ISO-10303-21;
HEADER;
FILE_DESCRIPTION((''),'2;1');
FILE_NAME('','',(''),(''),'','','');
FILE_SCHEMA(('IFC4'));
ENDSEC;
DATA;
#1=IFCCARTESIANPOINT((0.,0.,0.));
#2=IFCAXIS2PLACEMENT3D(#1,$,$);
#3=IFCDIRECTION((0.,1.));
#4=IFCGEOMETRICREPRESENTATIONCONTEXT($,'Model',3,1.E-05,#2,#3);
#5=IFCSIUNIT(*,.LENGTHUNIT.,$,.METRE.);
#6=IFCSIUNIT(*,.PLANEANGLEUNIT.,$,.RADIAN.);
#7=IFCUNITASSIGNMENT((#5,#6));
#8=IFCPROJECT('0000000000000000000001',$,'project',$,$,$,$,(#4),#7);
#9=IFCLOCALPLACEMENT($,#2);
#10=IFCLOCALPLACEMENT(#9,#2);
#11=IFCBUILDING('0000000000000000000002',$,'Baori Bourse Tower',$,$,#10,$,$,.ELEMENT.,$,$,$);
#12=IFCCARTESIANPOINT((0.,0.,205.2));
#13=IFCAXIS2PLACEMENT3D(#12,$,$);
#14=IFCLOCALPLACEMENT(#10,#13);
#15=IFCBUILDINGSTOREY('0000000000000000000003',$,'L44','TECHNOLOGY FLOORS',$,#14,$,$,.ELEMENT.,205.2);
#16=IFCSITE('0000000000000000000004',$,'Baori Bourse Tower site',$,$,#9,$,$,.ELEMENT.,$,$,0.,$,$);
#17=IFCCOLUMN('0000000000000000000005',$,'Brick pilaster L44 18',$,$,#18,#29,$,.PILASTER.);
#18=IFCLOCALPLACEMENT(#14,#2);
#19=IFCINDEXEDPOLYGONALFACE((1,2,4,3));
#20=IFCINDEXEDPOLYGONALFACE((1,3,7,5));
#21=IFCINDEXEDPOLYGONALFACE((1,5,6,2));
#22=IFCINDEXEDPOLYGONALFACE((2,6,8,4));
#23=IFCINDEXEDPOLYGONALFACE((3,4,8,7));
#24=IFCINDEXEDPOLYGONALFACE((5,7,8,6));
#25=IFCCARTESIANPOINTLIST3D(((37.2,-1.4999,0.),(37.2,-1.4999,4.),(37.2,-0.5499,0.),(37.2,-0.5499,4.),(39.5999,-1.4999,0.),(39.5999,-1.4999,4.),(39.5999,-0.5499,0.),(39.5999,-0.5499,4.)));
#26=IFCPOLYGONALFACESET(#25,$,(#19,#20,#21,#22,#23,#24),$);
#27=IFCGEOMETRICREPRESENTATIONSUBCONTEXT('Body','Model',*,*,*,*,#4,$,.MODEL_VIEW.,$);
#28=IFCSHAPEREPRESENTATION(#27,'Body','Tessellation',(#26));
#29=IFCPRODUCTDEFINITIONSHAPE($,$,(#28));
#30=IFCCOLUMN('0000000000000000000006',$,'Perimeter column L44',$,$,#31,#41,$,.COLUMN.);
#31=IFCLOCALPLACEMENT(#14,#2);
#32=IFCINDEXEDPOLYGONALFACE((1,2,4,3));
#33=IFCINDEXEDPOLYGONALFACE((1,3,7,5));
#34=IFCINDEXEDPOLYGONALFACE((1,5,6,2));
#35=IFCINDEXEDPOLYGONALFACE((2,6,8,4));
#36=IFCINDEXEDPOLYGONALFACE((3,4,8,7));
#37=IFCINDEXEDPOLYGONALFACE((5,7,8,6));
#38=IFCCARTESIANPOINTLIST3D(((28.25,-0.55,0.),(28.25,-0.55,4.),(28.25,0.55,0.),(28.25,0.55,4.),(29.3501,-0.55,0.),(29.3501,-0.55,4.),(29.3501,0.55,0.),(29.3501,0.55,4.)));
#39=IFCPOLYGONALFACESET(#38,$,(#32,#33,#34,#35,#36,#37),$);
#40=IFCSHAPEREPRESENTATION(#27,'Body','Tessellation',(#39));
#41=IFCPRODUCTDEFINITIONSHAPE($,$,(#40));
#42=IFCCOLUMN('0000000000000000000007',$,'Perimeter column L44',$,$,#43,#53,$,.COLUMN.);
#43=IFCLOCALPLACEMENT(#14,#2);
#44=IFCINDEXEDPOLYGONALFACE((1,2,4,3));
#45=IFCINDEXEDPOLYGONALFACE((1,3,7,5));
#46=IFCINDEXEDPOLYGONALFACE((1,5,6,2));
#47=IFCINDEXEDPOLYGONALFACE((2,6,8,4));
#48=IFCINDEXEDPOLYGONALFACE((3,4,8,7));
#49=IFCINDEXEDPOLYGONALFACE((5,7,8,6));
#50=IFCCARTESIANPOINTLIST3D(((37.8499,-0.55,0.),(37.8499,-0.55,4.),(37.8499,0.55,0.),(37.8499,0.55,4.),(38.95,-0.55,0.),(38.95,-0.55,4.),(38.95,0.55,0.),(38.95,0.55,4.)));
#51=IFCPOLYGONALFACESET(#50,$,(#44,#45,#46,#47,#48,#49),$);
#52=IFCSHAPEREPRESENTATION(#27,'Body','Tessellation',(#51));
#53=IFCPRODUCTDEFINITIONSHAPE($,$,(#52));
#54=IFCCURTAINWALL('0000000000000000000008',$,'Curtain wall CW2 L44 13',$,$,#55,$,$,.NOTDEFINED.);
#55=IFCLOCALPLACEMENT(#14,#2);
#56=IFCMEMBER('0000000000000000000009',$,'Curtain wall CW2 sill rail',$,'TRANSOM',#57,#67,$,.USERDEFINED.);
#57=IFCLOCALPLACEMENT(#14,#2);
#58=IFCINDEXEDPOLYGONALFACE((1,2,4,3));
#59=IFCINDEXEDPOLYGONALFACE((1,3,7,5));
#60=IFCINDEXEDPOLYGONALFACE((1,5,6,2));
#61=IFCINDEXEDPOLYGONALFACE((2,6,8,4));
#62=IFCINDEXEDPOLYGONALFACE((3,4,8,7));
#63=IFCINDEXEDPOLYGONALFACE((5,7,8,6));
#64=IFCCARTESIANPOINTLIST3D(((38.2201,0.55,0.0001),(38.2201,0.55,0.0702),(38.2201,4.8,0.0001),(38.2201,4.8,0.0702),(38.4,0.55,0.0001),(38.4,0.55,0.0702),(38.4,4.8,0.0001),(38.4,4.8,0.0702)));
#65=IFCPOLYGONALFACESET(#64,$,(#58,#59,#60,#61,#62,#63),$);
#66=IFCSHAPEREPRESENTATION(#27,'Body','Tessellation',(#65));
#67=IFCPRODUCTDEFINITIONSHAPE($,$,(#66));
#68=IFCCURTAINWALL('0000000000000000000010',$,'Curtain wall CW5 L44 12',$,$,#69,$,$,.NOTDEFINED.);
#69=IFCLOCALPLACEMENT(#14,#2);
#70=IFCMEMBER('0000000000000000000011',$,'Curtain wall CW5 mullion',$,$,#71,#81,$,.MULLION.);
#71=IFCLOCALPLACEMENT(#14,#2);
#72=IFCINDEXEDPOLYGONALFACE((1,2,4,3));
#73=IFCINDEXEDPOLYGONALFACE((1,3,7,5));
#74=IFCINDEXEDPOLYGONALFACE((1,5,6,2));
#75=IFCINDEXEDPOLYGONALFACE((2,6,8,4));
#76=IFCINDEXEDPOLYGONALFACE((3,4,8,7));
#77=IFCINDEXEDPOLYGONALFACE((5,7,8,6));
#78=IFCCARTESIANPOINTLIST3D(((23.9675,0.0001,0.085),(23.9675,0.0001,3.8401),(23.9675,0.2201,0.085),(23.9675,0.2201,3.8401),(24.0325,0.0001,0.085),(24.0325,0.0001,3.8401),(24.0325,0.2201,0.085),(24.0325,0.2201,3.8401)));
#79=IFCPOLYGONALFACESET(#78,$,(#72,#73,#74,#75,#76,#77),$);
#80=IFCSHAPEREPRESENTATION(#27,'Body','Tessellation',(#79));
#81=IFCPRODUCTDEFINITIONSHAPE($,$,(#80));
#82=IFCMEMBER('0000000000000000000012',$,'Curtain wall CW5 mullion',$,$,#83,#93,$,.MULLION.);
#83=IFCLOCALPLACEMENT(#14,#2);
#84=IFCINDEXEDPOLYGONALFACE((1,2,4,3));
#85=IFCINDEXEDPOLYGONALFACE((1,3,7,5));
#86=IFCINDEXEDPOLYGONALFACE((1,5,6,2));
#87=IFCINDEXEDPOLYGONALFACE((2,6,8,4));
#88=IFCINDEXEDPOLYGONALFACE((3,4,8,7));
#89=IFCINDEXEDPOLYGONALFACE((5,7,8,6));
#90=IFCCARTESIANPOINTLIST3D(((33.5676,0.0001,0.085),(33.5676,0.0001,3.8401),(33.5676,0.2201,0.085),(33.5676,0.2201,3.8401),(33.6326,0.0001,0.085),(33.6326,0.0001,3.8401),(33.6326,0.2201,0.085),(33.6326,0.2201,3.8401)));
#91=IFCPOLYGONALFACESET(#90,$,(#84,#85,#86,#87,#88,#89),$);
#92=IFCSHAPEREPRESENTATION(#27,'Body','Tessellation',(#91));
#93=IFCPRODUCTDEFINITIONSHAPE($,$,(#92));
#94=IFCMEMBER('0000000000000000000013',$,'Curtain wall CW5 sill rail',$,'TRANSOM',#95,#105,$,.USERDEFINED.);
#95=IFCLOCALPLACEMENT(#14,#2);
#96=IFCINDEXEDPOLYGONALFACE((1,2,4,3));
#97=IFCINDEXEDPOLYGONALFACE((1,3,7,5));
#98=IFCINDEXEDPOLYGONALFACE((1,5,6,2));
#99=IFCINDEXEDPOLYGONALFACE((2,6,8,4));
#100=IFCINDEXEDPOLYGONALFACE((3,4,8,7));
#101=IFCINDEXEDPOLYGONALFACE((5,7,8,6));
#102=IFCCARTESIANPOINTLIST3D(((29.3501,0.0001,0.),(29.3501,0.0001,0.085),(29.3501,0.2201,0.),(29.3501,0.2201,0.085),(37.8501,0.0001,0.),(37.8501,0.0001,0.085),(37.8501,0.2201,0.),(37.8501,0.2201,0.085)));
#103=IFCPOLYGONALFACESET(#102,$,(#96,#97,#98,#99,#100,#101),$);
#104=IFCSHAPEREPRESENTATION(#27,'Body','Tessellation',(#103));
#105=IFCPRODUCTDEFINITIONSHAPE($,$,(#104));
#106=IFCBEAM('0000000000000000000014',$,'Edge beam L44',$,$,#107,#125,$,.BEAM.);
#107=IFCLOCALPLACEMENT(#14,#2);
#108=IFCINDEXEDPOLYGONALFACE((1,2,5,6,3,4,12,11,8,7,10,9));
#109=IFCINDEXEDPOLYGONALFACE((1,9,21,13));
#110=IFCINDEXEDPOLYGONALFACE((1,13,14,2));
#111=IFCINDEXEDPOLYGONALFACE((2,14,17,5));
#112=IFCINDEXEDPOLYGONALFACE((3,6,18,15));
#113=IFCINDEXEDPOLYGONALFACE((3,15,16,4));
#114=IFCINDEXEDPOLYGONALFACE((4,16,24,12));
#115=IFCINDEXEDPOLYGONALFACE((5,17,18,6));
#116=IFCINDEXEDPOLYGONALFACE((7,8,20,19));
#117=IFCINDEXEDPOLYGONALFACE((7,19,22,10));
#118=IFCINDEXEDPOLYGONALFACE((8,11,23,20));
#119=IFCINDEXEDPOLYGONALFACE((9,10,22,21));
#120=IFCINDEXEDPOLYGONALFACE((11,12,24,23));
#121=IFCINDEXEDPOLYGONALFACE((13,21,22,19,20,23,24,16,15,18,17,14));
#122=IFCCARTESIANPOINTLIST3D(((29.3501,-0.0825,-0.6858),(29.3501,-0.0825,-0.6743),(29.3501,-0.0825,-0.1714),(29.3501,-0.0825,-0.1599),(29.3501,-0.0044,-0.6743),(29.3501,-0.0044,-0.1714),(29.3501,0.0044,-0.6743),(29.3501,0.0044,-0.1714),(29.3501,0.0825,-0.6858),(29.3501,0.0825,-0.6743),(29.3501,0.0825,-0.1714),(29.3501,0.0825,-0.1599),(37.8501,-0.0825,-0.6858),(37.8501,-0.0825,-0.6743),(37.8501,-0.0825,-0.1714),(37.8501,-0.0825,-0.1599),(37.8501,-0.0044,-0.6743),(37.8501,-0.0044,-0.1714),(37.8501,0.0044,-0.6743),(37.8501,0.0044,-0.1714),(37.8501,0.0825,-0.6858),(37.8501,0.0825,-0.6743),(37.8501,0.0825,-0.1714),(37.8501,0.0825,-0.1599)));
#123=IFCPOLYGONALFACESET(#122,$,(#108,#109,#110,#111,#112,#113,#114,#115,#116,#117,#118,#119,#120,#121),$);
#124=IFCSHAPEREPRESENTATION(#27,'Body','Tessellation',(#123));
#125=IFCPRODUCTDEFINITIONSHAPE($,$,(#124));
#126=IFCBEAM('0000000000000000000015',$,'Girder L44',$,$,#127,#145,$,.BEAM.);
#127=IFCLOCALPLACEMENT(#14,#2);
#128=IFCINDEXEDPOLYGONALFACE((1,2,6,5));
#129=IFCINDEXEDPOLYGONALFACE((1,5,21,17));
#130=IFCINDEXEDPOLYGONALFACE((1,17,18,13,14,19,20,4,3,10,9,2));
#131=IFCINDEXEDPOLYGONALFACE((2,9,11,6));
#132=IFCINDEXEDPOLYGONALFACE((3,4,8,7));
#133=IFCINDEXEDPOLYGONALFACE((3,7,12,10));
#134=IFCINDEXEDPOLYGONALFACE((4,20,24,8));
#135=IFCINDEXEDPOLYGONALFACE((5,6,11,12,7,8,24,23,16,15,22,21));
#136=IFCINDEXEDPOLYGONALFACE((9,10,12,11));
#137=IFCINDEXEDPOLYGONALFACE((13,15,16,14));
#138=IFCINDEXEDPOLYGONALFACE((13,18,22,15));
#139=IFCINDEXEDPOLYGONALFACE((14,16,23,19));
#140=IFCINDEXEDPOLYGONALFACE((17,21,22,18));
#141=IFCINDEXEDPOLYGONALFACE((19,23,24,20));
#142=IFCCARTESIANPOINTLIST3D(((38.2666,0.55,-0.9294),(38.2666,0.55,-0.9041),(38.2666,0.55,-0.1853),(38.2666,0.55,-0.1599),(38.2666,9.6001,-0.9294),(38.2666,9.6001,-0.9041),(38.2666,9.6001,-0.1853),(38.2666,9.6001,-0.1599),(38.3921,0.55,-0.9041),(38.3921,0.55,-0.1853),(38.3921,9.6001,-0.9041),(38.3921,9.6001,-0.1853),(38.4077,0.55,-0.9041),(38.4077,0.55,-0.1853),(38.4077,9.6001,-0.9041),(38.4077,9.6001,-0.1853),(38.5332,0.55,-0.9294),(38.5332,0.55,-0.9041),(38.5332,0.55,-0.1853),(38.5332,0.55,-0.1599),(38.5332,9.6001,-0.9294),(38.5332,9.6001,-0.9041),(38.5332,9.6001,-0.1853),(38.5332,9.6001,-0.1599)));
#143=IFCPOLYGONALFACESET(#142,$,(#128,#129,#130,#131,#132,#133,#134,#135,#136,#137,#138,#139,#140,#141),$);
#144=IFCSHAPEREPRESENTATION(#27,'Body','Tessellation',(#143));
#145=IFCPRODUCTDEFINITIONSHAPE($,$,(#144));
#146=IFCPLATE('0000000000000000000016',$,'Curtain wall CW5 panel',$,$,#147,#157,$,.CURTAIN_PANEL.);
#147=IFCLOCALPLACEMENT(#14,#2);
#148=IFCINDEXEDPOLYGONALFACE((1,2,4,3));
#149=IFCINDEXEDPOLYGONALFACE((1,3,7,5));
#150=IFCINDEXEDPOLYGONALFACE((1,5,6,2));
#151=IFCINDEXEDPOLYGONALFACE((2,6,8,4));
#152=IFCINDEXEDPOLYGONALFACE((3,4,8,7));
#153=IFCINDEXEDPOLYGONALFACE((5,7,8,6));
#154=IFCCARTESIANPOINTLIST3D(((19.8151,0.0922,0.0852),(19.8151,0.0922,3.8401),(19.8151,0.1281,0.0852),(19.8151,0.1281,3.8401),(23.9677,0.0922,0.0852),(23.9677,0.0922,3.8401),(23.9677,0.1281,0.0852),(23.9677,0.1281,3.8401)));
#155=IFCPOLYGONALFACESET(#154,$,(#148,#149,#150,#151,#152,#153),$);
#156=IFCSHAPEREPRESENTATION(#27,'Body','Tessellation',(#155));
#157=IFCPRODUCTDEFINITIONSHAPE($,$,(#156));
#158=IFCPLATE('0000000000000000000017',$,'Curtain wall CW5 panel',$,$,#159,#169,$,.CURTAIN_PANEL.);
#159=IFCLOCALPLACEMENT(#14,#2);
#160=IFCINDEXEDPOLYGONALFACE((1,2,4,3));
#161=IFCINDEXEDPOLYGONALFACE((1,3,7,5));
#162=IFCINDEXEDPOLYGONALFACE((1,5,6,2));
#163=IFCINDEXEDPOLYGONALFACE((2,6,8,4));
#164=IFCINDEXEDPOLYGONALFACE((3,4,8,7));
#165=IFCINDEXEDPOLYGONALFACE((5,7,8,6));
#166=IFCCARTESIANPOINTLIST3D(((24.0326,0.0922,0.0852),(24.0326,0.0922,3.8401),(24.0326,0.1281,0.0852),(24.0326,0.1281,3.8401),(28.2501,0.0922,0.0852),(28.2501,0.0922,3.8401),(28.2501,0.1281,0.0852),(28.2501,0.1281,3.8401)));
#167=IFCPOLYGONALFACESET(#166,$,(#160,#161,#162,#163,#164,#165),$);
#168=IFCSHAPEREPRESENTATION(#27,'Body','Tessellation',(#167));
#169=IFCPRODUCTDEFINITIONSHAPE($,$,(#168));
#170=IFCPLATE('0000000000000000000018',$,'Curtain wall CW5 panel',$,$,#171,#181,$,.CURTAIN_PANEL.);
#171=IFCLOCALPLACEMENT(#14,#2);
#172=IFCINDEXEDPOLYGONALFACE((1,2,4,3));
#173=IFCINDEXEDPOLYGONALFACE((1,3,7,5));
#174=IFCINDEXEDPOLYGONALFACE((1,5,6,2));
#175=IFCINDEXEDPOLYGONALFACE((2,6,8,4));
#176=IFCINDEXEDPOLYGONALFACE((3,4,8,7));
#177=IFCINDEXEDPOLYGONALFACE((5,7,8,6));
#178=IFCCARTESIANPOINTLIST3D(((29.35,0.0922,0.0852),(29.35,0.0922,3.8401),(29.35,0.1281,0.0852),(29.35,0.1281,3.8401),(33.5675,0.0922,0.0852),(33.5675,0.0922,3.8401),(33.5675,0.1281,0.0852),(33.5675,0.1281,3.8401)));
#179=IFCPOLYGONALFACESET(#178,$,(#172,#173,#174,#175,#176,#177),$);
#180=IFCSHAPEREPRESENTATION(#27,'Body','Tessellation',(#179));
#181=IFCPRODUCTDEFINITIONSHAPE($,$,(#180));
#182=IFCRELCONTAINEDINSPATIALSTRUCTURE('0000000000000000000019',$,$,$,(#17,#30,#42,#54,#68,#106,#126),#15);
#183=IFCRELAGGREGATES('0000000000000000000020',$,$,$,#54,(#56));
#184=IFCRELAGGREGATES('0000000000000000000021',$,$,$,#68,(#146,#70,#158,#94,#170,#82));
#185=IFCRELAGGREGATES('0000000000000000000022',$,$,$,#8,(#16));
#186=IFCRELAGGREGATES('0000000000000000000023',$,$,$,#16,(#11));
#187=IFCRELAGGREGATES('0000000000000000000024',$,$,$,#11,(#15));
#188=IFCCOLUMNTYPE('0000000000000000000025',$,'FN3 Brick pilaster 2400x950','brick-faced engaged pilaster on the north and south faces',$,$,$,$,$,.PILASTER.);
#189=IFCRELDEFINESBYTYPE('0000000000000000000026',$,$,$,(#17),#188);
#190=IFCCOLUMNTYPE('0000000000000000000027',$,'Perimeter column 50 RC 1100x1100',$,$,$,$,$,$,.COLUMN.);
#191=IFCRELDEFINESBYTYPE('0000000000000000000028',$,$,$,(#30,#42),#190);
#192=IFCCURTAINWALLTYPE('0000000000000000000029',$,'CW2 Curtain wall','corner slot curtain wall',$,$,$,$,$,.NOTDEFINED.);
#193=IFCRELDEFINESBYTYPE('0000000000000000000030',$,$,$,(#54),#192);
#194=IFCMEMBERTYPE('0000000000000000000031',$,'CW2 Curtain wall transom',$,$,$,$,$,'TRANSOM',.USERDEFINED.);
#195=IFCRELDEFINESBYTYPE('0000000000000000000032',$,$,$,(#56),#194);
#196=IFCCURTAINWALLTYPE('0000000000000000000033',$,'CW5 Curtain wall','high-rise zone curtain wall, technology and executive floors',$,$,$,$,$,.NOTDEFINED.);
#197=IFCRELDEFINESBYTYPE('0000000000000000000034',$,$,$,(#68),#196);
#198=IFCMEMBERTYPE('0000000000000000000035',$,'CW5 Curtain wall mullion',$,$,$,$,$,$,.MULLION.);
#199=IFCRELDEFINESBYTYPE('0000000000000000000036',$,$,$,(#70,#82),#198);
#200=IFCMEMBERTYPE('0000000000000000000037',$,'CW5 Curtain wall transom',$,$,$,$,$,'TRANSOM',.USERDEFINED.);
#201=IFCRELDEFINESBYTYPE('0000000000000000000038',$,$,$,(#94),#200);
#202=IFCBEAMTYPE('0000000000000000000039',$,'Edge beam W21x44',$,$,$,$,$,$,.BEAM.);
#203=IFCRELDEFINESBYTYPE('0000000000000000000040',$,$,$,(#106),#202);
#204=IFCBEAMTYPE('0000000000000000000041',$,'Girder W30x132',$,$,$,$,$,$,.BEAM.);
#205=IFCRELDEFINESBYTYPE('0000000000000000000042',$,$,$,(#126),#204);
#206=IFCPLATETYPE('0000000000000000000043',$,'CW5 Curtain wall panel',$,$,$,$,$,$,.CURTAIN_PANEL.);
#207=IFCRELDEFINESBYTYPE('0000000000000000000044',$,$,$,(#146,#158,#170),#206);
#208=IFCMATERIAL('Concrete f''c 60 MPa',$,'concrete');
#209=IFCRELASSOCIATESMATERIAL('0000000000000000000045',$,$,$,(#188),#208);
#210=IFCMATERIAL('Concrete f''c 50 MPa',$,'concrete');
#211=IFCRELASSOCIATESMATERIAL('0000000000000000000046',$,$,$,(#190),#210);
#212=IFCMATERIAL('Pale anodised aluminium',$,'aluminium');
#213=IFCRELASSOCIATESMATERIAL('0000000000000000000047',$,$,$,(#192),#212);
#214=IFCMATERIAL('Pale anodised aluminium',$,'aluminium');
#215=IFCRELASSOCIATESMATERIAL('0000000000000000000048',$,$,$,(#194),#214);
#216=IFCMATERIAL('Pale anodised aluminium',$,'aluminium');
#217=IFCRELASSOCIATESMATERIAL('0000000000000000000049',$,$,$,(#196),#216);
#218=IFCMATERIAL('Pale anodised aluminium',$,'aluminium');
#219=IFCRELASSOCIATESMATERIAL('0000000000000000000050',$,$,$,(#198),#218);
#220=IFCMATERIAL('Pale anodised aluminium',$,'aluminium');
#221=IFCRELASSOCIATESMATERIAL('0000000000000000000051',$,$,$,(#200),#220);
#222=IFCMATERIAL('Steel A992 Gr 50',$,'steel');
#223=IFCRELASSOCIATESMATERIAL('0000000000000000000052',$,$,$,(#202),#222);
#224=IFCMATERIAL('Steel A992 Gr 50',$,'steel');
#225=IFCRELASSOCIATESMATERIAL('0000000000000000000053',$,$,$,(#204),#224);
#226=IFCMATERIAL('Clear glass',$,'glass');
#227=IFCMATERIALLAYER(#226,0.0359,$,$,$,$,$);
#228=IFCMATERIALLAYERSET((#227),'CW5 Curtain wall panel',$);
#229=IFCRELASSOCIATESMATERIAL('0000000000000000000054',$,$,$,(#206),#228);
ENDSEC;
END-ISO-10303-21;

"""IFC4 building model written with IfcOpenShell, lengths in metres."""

from ifc_helpers import new_model, si_unit, direction, frame, origin, origin_2d, place, context, subcontext, project, spatial, rectangle, i_section, extrude, material, layer, layer_set, material_profile, profile_set, type_object, element, aggregate, save


model = new_model("IFC4")

# Units and contexts
model_context = context("Model", 3, precision=1e-05, world=origin(), true_north=direction((0.0, 1.0)))
body_context = subcontext(model_context, "Body", "Model", "MODEL_VIEW")
ifc_project = project(units=[si_unit("LENGTHUNIT", "METRE"), si_unit("PLANEANGLEUNIT", "RADIAN")], contexts=[model_context])

# Site, building, storey
site_placement = place(None, origin())
site = spatial("IfcSite", under=ifc_project, at=site_placement, Name="Baori Bourse Tower site", CompositionType="ELEMENT", RefElevation=0.0)
building_placement = place(site_placement, origin())
building = spatial("IfcBuilding", under=site, at=building_placement, Name="Baori Bourse Tower", CompositionType="ELEMENT")
storey_placement = place(building_placement, frame((0.0, 0.0, 205.2)))
storey = spatial("IfcBuildingStorey", under=building, at=storey_placement, Name="L44", Description="TECHNOLOGY FLOORS", CompositionType="ELEMENT", Elevation=205.2)

# Columns
ifc_material_1 = material(Name="Concrete f'c 60 MPa", Category="concrete")
ifc_material_profile_1 = material_profile(ifc_material_1, rectangle(XDim=2.3999, YDim=0.95, at=origin_2d()), Name="RC 2400x950")
ifc_profile_set_1 = profile_set([ifc_material_profile_1], Name="Concrete f'c 60 MPa")
column_type_1 = type_object("IfcColumnType", Name="FN3 Brick pilaster 2400x950", Description="brick-faced engaged pilaster on the north and south faces", PredefinedType="PILASTER", material=ifc_profile_set_1)
column_placement = place(storey_placement, frame((38.3999, -1.0249, 0.0), z_axis=(0.0, 0.0, 1.0), x_axis=(1.0, 0.0, 0.0)))
element("IfcColumn", 1, at=column_placement, inside=storey, type_object=column_type_1, Name="Brick pilaster L44 18", PredefinedType="PILASTER", context=body_context, shape_type="SweptSolid", body=[
    extrude(rectangle(XDim=2.3999, YDim=0.95, at=origin_2d()), origin(), (0.0, 0.0, 1.0), 4.0),
])
ifc_material_2 = material(Name="Concrete f'c 50 MPa", Category="concrete")
ifc_material_profile_2 = material_profile(ifc_material_2, rectangle(XDim=1.1001, YDim=1.1001, at=origin_2d()), Name="RC 1100x1100")
ifc_profile_set_2 = profile_set([ifc_material_profile_2], Name="Concrete f'c 50 MPa")
column_type_2 = type_object("IfcColumnType", Name="Perimeter column 50 RC 1100x1100", PredefinedType="COLUMN", material=ifc_profile_set_2)
for number, where, z_axis, x_axis, name in (
    (2, (28.8, 0.0, 0.0), (0.0, 0.0, 1.0), (1.0, 0.0, 0.0), "Perimeter column L44"),
    (3, (38.3999, 0.0, 0.0), (0.0, 0.0, 1.0), (1.0, 0.0, 0.0), "Perimeter column L44"),
):
    element("IfcColumn", number, at=place(storey_placement, frame(where, z_axis=z_axis, x_axis=x_axis)), inside=storey, type_object=column_type_2, Name=name, PredefinedType="COLUMN", context=body_context, shape_type="SweptSolid", body=[
        extrude(rectangle(XDim=1.1001, YDim=1.1001, at=origin_2d()), origin(), (0.0, 0.0, 1.0), 4.0),
    ])

# Curtain wall, member
ifc_material_3 = material(Name="Pale anodised aluminium", Category="aluminium")
curtain_wall_type_1 = type_object("IfcCurtainWallType", Name="CW2 Curtain wall", Description="corner slot curtain wall", PredefinedType="NOTDEFINED", material=ifc_material_3)
curtain_wall_1_placement = place(storey_placement, origin())
curtain_wall_1 = element("IfcCurtainWall", 4, at=curtain_wall_1_placement, inside=storey, type_object=curtain_wall_type_1, Name="Curtain wall CW2 L44 13", PredefinedType="NOTDEFINED")
ifc_material_4 = material(Name="Pale anodised aluminium", Category="aluminium")
ifc_material_profile_3 = material_profile(ifc_material_4, rectangle(XDim=0.1799, YDim=0.0701, at=origin_2d()), Name="Transom 70x180")
ifc_profile_set_3 = profile_set([ifc_material_profile_3], Name="Pale anodised aluminium")
member_type_1 = type_object("IfcMemberType", Name="CW2 Curtain wall transom", ElementType="TRANSOM", PredefinedType="USERDEFINED", material=ifc_profile_set_3)
member_1_placement = place(storey_placement, frame((38.3101, 0.55, 0.0352), z_axis=(0.0, 1.0, 0.0), x_axis=(-1.0, 0.0, 0.0)))
member_1 = element("IfcMember", 5, at=member_1_placement, type_object=member_type_1, Name="Curtain wall CW2 sill rail", ObjectType="TRANSOM", PredefinedType="USERDEFINED", context=body_context, shape_type="SweptSolid", body=[
    extrude(rectangle(XDim=0.1799, YDim=0.0701, at=origin_2d()), origin(), (0.0, 0.0, 1.0), 4.25),
])
aggregate(curtain_wall_1, [member_1])

# Curtain wall, members
ifc_material_5 = material(Name="Pale anodised aluminium", Category="aluminium")
curtain_wall_type_2 = type_object("IfcCurtainWallType", Name="CW5 Curtain wall", Description="high-rise zone curtain wall, technology and executive floors", PredefinedType="NOTDEFINED", material=ifc_material_5)
curtain_wall_2_placement = place(storey_placement, origin())
curtain_wall_2 = element("IfcCurtainWall", 6, at=curtain_wall_2_placement, inside=storey, type_object=curtain_wall_type_2, Name="Curtain wall CW5 L44 12", PredefinedType="NOTDEFINED")
ifc_material_6 = material(Name="Pale anodised aluminium", Category="aluminium")
ifc_material_profile_4 = material_profile(ifc_material_6, rectangle(XDim=0.22, YDim=0.0649, at=origin_2d()), Name="Mullion 65x220")
ifc_profile_set_4 = profile_set([ifc_material_profile_4], Name="Pale anodised aluminium")
member_type_2 = type_object("IfcMemberType", Name="CW5 Curtain wall mullion", PredefinedType="MULLION", material=ifc_profile_set_4)
member_2_placement = place(storey_placement, frame((24.0, 0.1101, 0.085), z_axis=(0.0, 0.0, 1.0), x_axis=(0.0, 1.0, 0.0)))
member_2 = element("IfcMember", 7, at=member_2_placement, type_object=member_type_2, Name="Curtain wall CW5 mullion", PredefinedType="MULLION", context=body_context, shape_type="SweptSolid", body=[
    extrude(rectangle(XDim=0.22, YDim=0.0649, at=origin_2d()), origin(), (0.0, 0.0, 1.0), 3.7551),
])
member_3_placement = place(storey_placement, frame((33.6001, 0.1101, 0.085), z_axis=(0.0, 0.0, 1.0), x_axis=(0.0, 1.0, 0.0)))
member_3 = element("IfcMember", 8, at=member_3_placement, type_object=member_type_2, Name="Curtain wall CW5 mullion", PredefinedType="MULLION", context=body_context, shape_type="SweptSolid", body=[
    extrude(rectangle(XDim=0.22, YDim=0.0649, at=origin_2d()), origin(), (0.0, 0.0, 1.0), 3.7551),
])
ifc_material_7 = material(Name="Pale anodised aluminium", Category="aluminium")
ifc_material_profile_5 = material_profile(ifc_material_7, rectangle(XDim=0.22, YDim=0.085, at=origin_2d()), Name="Transom 85x220")
ifc_profile_set_5 = profile_set([ifc_material_profile_5], Name="Pale anodised aluminium")
member_type_3 = type_object("IfcMemberType", Name="CW5 Curtain wall transom", ElementType="TRANSOM", PredefinedType="USERDEFINED", material=ifc_profile_set_5)
member_4_placement = place(storey_placement, frame((29.3501, 0.1101, 0.0425), z_axis=(1.0, 0.0, 0.0), x_axis=(0.0, 1.0, 0.0)))
member_4 = element("IfcMember", 9, at=member_4_placement, type_object=member_type_3, Name="Curtain wall CW5 sill rail", ObjectType="TRANSOM", PredefinedType="USERDEFINED", context=body_context, shape_type="SweptSolid", body=[
    extrude(rectangle(XDim=0.22, YDim=0.085, at=origin_2d()), origin(), (0.0, 0.0, 1.0), 8.5),
])

# Beams
ifc_material_8 = material(Name="Steel A992 Gr 50", Category="steel")
ifc_material_profile_6 = material_profile(ifc_material_8, i_section(OverallWidth=0.165, OverallDepth=0.5259, WebThickness=0.0088, FlangeThickness=0.0115, at=origin_2d()), Name="W21x44")
ifc_profile_set_6 = profile_set([ifc_material_profile_6], Name="Steel A992 Gr 50")
beam_type_1 = type_object("IfcBeamType", Name="Edge beam W21x44", PredefinedType="BEAM", material=ifc_profile_set_6)
beam_1_placement = place(storey_placement, frame((29.3501, 0.0, -0.4229), z_axis=(1.0, 0.0, 0.0), x_axis=(0.0, 1.0, 0.0)))
element("IfcBeam", 10, at=beam_1_placement, inside=storey, type_object=beam_type_1, Name="Edge beam L44", PredefinedType="BEAM", context=body_context, shape_type="SweptSolid", body=[
    extrude(i_section(OverallWidth=0.165, OverallDepth=0.5259, WebThickness=0.0088, FlangeThickness=0.0115, at=origin_2d()), origin(), (0.0, 0.0, 1.0), 8.5),
])
ifc_material_9 = material(Name="Steel A992 Gr 50", Category="steel")
ifc_material_profile_7 = material_profile(ifc_material_9, i_section(OverallWidth=0.2666, OverallDepth=0.7695, WebThickness=0.0156, FlangeThickness=0.0254, at=origin_2d()), Name="W30x132")
ifc_profile_set_7 = profile_set([ifc_material_profile_7], Name="Steel A992 Gr 50")
beam_type_2 = type_object("IfcBeamType", Name="Girder W30x132", PredefinedType="BEAM", material=ifc_profile_set_7)
beam_2_placement = place(storey_placement, frame((38.3999, 0.55, -0.5447), z_axis=(0.0, 1.0, 0.0), x_axis=(-1.0, 0.0, 0.0)))
element("IfcBeam", 11, at=beam_2_placement, inside=storey, type_object=beam_type_2, Name="Girder L44", PredefinedType="BEAM", context=body_context, shape_type="SweptSolid", body=[
    extrude(i_section(OverallWidth=0.2666, OverallDepth=0.7695, WebThickness=0.0156, FlangeThickness=0.0254, at=origin_2d()), origin(), (0.0, 0.0, 1.0), 9.05),
])

# Plates
ifc_material_10 = material(Name="Clear glass", Category="glass")
ifc_layer_1 = layer(ifc_material_10, 0.0359)
ifc_layer_set_1 = layer_set([ifc_layer_1], Name="CW5 Curtain wall panel")
plate_type = type_object("IfcPlateType", Name="CW5 Curtain wall panel", PredefinedType="CURTAIN_PANEL", material=ifc_layer_set_1)
plate_1_placement = place(storey_placement, frame((21.8914, 0.1101, 0.0852), z_axis=(0.0, 0.0, 1.0), x_axis=(1.0, 0.0, 0.0)))
plate_1 = element("IfcPlate", 12, at=plate_1_placement, type_object=plate_type, Name="Curtain wall CW5 panel", PredefinedType="CURTAIN_PANEL", context=body_context, shape_type="SweptSolid", body=[
    extrude(rectangle(XDim=4.1526, YDim=0.0359, at=origin_2d()), origin(), (0.0, 0.0, 1.0), 3.7549),
])
plate_2_placement = place(storey_placement, frame((26.1414, 0.1101, 0.0852), z_axis=(0.0, 0.0, 1.0), x_axis=(1.0, 0.0, 0.0)))
plate_2 = element("IfcPlate", 13, at=plate_2_placement, type_object=plate_type, Name="Curtain wall CW5 panel", PredefinedType="CURTAIN_PANEL", context=body_context, shape_type="SweptSolid", body=[
    extrude(rectangle(XDim=4.2175, YDim=0.0359, at=origin_2d()), origin(), (0.0, 0.0, 1.0), 3.7549),
])
plate_3_placement = place(storey_placement, frame((31.4587, 0.1101, 0.0852), z_axis=(0.0, 0.0, 1.0), x_axis=(1.0, 0.0, 0.0)))
plate_3 = element("IfcPlate", 14, at=plate_3_placement, type_object=plate_type, Name="Curtain wall CW5 panel", PredefinedType="CURTAIN_PANEL", context=body_context, shape_type="SweptSolid", body=[
    extrude(rectangle(XDim=4.2175, YDim=0.0359, at=origin_2d()), origin(), (0.0, 0.0, 1.0), 3.7549),
])
aggregate(curtain_wall_2, [plate_1, member_2, plate_2, member_4, plate_3, member_3])

save(model, "model.ifc")
